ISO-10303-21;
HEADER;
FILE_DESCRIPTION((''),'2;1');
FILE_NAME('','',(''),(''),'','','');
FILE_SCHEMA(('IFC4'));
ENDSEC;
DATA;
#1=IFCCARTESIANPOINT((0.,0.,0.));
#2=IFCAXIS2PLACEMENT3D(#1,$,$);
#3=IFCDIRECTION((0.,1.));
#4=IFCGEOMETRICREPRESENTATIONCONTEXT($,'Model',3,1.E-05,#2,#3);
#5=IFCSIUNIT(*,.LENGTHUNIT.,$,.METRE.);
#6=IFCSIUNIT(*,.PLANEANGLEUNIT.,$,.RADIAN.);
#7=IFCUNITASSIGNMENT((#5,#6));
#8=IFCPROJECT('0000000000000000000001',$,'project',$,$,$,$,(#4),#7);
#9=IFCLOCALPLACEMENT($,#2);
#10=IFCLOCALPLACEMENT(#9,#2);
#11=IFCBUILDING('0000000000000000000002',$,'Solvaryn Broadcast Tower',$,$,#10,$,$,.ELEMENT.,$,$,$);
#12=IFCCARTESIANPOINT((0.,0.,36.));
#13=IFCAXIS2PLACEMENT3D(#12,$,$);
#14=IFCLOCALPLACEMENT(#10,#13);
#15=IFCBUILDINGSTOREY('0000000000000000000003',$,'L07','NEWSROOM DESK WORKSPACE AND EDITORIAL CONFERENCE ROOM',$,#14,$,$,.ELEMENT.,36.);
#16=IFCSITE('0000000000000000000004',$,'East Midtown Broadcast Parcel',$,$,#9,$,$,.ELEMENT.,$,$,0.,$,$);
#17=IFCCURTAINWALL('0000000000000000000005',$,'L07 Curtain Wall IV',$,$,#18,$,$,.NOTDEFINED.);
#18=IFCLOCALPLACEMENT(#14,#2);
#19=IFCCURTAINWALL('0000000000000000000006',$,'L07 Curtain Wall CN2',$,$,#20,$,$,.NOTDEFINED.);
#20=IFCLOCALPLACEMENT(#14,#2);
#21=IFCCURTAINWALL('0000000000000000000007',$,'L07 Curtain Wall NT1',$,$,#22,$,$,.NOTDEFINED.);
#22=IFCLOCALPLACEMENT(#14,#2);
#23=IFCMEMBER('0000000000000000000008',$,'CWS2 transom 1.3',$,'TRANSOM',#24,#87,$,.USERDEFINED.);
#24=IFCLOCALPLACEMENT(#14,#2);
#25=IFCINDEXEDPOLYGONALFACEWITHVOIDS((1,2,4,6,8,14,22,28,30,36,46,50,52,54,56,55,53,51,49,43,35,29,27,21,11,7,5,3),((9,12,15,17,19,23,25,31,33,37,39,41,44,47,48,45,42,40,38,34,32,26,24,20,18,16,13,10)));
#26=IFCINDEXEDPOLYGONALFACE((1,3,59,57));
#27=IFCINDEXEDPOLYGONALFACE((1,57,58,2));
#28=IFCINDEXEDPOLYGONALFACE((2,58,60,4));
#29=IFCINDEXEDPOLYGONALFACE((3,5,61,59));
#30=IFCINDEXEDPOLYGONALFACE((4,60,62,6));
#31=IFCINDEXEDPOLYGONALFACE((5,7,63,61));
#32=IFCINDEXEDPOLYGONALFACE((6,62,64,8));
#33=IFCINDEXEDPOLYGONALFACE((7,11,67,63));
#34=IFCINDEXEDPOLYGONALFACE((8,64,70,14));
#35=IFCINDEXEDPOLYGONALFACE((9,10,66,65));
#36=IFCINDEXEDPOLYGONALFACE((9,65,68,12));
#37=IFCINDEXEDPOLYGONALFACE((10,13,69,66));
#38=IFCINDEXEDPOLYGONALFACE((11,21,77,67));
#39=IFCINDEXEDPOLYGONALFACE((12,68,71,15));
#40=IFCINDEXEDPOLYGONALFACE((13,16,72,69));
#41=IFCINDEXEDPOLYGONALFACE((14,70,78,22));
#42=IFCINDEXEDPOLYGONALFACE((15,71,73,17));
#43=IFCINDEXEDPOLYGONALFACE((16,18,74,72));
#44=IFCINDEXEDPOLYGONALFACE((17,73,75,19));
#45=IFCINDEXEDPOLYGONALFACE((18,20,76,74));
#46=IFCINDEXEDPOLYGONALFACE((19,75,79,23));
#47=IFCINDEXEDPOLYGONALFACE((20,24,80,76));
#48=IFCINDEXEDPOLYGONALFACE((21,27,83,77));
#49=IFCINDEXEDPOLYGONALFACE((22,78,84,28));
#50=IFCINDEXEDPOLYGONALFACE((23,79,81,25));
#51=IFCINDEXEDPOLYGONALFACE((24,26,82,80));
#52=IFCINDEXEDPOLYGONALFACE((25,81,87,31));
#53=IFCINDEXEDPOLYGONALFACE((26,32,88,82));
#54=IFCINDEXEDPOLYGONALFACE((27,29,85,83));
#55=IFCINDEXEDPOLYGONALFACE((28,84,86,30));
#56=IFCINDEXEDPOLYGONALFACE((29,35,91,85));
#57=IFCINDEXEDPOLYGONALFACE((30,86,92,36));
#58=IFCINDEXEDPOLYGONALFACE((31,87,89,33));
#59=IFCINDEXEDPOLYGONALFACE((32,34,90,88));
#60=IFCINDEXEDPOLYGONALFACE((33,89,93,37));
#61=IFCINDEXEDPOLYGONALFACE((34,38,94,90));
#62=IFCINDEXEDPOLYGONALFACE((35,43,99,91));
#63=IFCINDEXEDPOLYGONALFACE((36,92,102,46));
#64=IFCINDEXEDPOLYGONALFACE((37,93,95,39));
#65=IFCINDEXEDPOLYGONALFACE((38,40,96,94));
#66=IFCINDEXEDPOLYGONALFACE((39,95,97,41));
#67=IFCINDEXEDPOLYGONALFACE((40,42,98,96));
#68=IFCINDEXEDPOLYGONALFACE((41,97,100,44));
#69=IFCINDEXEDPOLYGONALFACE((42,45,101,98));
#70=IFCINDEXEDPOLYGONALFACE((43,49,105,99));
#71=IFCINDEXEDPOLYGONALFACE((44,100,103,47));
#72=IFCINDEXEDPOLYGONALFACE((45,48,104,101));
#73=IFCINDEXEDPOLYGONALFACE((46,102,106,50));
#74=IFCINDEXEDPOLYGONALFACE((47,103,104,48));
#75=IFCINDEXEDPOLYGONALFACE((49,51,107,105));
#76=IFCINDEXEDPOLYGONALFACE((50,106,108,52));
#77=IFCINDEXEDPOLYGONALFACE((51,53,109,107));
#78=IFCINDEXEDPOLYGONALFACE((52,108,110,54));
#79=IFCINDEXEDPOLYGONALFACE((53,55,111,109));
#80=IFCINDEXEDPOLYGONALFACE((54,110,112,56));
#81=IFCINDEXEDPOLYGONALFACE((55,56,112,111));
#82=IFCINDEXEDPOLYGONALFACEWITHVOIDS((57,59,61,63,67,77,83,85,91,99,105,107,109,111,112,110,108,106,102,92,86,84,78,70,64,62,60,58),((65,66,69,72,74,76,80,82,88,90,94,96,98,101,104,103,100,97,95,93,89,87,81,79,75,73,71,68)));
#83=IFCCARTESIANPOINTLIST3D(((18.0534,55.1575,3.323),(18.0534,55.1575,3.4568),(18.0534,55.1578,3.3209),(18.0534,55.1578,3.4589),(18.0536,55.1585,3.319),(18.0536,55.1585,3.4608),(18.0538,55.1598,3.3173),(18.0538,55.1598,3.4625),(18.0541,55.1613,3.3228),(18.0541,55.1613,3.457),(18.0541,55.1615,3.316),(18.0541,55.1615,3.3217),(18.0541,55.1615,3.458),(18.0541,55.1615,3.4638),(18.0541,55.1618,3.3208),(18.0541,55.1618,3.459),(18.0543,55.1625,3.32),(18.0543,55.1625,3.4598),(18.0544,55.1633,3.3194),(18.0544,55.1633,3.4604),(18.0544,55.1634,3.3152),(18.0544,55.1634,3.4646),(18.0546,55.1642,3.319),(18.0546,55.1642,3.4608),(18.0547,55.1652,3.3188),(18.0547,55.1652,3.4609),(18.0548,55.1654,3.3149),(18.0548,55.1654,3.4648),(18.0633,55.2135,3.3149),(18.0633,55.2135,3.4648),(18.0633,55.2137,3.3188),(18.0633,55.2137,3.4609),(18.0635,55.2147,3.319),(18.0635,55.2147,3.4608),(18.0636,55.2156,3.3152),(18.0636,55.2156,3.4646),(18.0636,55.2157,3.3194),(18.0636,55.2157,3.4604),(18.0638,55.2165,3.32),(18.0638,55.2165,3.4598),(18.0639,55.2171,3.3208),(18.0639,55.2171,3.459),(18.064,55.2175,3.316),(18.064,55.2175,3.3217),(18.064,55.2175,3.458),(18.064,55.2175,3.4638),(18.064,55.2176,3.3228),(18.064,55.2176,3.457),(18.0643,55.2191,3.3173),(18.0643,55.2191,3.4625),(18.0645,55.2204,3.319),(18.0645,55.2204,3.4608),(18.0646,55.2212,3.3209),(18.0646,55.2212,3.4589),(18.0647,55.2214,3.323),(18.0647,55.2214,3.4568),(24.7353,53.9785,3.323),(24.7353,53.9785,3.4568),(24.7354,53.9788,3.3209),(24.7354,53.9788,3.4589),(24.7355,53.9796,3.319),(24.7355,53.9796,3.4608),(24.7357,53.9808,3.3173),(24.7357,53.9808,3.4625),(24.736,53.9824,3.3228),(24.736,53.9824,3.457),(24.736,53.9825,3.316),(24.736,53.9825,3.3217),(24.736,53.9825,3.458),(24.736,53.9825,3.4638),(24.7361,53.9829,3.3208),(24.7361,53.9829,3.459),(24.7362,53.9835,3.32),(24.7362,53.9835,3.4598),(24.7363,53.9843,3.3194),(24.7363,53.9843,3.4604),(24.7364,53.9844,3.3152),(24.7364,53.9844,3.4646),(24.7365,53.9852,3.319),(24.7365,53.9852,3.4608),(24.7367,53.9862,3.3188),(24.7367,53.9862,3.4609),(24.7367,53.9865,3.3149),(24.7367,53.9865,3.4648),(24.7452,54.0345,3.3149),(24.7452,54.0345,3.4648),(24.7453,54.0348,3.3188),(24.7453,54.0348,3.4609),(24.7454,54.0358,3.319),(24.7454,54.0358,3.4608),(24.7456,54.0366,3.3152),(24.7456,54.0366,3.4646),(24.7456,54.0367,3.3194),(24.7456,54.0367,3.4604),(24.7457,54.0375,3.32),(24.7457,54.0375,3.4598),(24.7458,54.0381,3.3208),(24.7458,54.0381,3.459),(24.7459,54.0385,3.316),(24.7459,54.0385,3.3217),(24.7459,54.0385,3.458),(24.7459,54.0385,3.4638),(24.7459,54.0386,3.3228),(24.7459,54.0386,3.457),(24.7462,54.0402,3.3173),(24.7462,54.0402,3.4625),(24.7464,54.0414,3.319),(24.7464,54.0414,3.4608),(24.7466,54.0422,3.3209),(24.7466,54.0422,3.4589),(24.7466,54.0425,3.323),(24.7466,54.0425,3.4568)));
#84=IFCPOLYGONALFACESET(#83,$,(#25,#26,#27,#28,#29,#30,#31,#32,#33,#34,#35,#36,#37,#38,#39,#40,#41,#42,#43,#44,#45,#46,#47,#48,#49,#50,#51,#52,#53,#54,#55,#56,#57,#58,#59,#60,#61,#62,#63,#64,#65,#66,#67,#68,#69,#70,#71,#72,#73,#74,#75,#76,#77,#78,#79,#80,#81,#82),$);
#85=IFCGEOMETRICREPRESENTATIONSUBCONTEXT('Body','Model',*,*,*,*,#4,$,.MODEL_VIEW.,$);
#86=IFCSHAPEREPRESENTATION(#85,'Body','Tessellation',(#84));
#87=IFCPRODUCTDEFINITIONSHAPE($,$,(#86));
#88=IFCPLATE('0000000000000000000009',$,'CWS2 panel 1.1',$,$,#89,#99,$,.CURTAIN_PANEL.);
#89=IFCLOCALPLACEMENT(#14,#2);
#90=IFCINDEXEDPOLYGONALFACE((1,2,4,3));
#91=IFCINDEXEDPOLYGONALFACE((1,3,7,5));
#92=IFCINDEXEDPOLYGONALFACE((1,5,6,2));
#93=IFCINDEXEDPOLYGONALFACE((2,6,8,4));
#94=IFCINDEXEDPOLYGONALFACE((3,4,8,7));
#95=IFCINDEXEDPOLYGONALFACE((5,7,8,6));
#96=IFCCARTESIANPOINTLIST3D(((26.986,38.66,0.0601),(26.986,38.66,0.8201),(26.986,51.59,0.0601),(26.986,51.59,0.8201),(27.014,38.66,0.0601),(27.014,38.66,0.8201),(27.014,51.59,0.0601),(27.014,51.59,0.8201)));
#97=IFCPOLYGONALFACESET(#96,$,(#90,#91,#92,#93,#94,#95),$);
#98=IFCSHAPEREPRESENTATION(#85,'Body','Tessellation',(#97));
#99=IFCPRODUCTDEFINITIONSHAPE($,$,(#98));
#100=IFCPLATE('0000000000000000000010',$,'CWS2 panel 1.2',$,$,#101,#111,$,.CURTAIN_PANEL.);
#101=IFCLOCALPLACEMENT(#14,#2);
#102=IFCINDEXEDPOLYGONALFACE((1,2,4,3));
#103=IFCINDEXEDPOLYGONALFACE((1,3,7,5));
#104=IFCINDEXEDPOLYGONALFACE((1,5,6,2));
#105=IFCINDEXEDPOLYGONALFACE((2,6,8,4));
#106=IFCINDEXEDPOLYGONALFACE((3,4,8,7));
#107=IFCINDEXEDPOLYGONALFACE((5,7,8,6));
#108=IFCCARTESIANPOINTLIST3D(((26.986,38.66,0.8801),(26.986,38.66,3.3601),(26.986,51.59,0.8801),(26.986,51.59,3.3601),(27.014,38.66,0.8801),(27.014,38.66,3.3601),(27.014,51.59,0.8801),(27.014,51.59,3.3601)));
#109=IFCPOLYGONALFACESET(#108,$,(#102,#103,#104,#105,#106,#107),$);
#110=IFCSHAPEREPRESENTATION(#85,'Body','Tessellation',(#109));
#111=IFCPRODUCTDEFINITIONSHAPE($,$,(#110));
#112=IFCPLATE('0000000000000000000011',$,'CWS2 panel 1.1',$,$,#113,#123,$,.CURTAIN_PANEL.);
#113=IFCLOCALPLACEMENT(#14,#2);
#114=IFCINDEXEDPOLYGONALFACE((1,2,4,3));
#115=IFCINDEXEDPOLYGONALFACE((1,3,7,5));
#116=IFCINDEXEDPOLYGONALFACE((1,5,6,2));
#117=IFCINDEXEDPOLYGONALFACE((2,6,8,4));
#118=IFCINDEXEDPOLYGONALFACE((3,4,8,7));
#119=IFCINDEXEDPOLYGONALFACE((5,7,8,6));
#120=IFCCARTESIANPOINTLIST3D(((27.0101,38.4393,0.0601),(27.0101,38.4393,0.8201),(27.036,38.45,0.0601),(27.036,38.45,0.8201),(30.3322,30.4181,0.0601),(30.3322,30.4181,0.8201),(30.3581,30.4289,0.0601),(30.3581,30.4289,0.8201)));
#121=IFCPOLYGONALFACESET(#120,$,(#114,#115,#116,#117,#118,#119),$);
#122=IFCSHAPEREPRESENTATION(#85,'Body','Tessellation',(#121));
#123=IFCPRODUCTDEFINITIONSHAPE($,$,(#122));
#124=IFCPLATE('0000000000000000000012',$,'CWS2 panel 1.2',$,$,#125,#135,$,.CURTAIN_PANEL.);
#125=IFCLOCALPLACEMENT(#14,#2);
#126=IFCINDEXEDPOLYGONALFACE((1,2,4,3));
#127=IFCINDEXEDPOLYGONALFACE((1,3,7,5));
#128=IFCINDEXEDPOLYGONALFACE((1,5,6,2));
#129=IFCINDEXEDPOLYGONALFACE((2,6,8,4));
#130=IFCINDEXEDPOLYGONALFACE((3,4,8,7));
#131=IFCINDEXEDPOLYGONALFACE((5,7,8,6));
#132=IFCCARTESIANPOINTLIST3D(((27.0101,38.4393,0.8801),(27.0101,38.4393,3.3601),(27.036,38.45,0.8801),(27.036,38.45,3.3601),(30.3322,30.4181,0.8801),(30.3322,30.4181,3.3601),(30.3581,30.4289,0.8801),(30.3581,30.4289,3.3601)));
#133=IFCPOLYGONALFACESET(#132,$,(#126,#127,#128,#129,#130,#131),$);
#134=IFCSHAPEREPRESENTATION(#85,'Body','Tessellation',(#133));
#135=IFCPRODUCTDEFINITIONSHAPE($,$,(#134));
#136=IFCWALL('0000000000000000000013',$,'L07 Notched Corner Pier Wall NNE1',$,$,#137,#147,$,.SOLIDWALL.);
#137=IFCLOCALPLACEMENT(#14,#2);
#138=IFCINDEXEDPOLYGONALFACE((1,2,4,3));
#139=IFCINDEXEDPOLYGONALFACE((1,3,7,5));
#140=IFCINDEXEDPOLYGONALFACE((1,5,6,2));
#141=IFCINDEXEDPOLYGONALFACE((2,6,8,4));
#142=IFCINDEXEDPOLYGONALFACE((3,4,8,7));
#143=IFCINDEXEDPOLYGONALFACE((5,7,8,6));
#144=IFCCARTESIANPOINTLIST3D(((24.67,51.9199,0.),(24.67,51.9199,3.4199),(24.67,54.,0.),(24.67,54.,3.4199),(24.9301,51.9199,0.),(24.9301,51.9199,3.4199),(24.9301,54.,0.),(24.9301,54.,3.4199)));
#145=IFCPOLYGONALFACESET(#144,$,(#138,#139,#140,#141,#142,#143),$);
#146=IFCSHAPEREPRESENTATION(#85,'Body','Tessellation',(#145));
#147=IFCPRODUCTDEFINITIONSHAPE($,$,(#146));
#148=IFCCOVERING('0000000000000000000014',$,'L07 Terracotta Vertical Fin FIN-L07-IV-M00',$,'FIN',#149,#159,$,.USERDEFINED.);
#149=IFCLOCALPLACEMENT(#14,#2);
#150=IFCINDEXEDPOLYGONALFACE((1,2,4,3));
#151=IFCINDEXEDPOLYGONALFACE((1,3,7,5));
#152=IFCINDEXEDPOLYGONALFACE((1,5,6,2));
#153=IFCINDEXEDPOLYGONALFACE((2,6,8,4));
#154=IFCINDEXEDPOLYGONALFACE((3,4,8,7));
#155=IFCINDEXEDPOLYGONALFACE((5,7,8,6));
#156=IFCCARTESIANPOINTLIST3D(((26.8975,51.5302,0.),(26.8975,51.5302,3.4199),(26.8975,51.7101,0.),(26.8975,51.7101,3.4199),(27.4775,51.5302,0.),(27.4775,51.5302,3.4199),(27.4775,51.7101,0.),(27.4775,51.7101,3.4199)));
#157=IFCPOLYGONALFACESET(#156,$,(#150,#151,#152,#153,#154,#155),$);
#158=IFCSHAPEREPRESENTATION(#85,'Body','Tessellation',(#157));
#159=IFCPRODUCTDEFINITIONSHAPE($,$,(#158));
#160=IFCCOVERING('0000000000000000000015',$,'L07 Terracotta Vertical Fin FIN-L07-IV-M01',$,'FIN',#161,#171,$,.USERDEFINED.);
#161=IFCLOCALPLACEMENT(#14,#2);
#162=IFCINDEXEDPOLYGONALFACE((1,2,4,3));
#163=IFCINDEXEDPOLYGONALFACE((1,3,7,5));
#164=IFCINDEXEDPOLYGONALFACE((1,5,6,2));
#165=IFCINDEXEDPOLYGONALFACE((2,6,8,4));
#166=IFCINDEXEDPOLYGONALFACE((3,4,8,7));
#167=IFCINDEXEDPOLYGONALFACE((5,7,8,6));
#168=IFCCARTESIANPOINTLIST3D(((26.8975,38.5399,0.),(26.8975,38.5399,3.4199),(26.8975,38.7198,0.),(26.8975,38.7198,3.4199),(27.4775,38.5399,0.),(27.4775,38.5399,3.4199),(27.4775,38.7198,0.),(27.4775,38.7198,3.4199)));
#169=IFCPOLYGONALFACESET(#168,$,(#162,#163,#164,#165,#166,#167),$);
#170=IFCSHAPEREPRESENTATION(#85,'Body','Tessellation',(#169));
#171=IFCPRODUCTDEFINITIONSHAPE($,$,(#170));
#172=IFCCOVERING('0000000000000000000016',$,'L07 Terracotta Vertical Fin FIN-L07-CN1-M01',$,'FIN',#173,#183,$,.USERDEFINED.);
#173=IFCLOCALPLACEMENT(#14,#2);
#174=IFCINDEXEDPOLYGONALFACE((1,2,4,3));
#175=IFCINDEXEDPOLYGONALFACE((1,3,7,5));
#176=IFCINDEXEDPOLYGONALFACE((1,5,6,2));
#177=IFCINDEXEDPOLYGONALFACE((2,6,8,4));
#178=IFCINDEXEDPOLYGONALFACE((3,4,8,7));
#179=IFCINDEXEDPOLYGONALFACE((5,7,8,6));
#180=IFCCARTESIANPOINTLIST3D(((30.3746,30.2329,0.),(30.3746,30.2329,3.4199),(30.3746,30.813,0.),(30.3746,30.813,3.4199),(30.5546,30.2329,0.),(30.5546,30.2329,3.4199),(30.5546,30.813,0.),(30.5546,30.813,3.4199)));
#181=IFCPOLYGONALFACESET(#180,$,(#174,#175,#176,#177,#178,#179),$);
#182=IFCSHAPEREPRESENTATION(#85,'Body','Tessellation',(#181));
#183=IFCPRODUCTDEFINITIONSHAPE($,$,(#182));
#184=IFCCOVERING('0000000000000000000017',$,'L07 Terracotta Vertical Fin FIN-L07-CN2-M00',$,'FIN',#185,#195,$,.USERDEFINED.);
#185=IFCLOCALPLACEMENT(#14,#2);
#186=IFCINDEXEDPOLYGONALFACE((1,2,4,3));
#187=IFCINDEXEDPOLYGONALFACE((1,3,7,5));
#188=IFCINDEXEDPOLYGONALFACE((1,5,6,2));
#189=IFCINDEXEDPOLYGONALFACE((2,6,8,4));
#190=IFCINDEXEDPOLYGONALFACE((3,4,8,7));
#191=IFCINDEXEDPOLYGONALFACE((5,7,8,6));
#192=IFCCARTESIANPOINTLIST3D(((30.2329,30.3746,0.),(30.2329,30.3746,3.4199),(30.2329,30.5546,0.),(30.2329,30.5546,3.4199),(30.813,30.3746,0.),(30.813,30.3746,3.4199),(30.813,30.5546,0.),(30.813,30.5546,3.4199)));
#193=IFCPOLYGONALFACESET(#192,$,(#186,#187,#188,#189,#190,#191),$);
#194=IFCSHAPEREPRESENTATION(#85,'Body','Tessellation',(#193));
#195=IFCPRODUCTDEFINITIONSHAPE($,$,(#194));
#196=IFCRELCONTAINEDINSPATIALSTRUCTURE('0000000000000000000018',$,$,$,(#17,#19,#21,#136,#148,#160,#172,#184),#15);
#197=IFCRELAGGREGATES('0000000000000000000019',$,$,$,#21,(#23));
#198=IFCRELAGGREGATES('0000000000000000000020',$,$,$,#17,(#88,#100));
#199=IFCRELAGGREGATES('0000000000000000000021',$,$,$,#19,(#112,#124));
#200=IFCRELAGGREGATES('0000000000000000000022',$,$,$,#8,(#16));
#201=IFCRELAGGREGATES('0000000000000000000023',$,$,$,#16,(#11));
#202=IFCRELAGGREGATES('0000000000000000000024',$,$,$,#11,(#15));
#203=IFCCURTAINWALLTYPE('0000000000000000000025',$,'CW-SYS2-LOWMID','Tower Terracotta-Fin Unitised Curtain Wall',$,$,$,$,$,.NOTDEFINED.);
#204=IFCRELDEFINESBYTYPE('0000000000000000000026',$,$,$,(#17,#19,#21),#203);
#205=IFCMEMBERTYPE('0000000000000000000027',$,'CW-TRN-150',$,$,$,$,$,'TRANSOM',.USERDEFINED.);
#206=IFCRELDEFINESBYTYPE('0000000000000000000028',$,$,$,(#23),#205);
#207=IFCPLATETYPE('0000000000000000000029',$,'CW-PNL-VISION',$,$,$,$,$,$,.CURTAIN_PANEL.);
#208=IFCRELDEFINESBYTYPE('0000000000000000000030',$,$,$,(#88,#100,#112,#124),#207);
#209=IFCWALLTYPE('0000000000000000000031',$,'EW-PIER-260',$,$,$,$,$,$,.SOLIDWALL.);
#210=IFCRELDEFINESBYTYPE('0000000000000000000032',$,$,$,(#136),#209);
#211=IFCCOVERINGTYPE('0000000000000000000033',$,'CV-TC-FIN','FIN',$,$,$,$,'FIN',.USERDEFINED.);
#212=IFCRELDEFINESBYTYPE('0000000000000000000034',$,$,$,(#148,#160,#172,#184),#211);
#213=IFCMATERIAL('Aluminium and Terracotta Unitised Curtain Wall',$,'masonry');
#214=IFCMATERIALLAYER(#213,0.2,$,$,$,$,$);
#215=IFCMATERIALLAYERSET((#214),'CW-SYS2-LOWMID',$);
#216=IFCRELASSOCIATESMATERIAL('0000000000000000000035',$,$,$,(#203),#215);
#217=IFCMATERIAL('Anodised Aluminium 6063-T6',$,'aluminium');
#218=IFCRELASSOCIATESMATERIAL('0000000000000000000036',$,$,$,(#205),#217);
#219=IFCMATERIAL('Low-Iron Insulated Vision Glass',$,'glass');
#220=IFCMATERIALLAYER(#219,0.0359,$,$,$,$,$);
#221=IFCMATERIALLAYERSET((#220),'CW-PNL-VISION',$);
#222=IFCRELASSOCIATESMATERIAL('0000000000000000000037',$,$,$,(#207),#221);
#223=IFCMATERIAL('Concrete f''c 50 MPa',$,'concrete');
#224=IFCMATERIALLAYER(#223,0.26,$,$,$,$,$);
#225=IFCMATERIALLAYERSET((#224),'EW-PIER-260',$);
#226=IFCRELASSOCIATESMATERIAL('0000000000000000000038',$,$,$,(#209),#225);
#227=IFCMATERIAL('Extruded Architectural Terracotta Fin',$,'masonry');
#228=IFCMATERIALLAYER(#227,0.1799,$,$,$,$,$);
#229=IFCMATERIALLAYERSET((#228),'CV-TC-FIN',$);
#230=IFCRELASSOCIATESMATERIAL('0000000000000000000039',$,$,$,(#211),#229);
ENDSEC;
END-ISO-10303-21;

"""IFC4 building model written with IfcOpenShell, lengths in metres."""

from ifc_helpers import new_model, si_unit, direction, frame, frame_2d, origin, origin_2d, place, context, subcontext, project, spatial, rectangle, hollow_rectangle, extrude, material, layer, layer_set, material_profile, profile_set, type_object, element, aggregate, save


model = new_model("IFC4")

# Units and contexts
model_context = context("Model", 3, precision=1e-05, world=origin(), true_north=direction((0.0, 1.0)))
body_context = subcontext(model_context, "Body", "Model", "MODEL_VIEW")
ifc_project = project(units=[si_unit("LENGTHUNIT", "METRE"), si_unit("PLANEANGLEUNIT", "RADIAN")], contexts=[model_context])

# Site, building, storey
site_placement = place(None, origin())
site = spatial("IfcSite", under=ifc_project, at=site_placement, Name="East Midtown Broadcast Parcel", CompositionType="ELEMENT", RefElevation=0.0)
building_placement = place(site_placement, origin())
building = spatial("IfcBuilding", under=site, at=building_placement, Name="Solvaryn Broadcast Tower", CompositionType="ELEMENT")
storey_placement = place(building_placement, frame((0.0, 0.0, 36.0)))
storey = spatial("IfcBuildingStorey", under=building, at=storey_placement, Name="L07", Description="NEWSROOM DESK WORKSPACE AND EDITORIAL CONFERENCE ROOM", CompositionType="ELEMENT", Elevation=36.0)

# Curtain wall
ifc_material_1 = material(Name="Aluminium and Terracotta Unitised Curtain Wall", Category="masonry")
ifc_layer_1 = layer(ifc_material_1, 0.2)
ifc_layer_set_1 = layer_set([ifc_layer_1], Name="CW-SYS2-LOWMID")
curtain_wall_type = type_object("IfcCurtainWallType", Name="CW-SYS2-LOWMID", Description="Tower Terracotta-Fin Unitised Curtain Wall", PredefinedType="NOTDEFINED", material=ifc_layer_set_1)
curtain_wall_1_placement = place(storey_placement, origin())
curtain_wall_1 = element("IfcCurtainWall", 1, at=curtain_wall_1_placement, inside=storey, type_object=curtain_wall_type, Name="L07 Curtain Wall IV", PredefinedType="NOTDEFINED")

# Curtain walls
curtain_wall_2_placement = place(storey_placement, origin())
curtain_wall_2 = element("IfcCurtainWall", 2, at=curtain_wall_2_placement, inside=storey, type_object=curtain_wall_type, Name="L07 Curtain Wall CN2", PredefinedType="NOTDEFINED")
curtain_wall_3_placement = place(storey_placement, origin())
curtain_wall_3 = element("IfcCurtainWall", 3, at=curtain_wall_3_placement, inside=storey, type_object=curtain_wall_type, Name="L07 Curtain Wall NT1", PredefinedType="NOTDEFINED")

# Member
ifc_material_2 = material(Name="Anodised Aluminium 6063-T6", Category="aluminium")
ifc_material_profile_1 = material_profile(ifc_material_2, hollow_rectangle(XDim=0.0649, YDim=0.1499, WallThickness=0.0039, InnerFilletRadius=0.0039, OuterFilletRadius=0.0081, at=origin_2d()))
ifc_profile_set_1 = profile_set([ifc_material_profile_1], Name="Anodised Aluminium 6063-T6")
member_type_1 = type_object("IfcMemberType", Name="CW-TRN-150", ElementType="TRANSOM", PredefinedType="USERDEFINED", material=ifc_profile_set_1)
member_1_placement = place(storey_placement, frame((24.741, 54.0105, 3.3899), z_axis=(-0.984789, 0.173757, 0.0), x_axis=(-0.173757, -0.984789, 0.0)))
member_1 = element("IfcMember", 4, at=member_1_placement, type_object=member_type_1, Name="CWS2 transom 1.3", ObjectType="TRANSOM", PredefinedType="USERDEFINED", context=body_context, shape_type="SweptSolid", body=[
    extrude(hollow_rectangle(XDim=0.0649, YDim=0.1499, WallThickness=0.0039, InnerFilletRadius=0.0039, OuterFilletRadius=0.0081, at=origin_2d()), origin(), (0.0, 0.0, 1.0), 6.7852),
])
aggregate(curtain_wall_3, [member_1])

# Plates
ifc_material_3 = material(Name="Low-Iron Insulated Vision Glass", Category="glass")
ifc_layer_2 = layer(ifc_material_3, 0.0359)
ifc_layer_set_2 = layer_set([ifc_layer_2], Name="CW-PNL-VISION")
plate_type = type_object("IfcPlateType", Name="CW-PNL-VISION", PredefinedType="CURTAIN_PANEL", material=ifc_layer_set_2)
plate_1_placement = place(storey_placement, frame((27.0, 45.125, 0.0601), z_axis=(0.0, 0.0, 1.0), x_axis=(0.0, -1.0, 0.0)))
plate_1 = element("IfcPlate", 5, at=plate_1_placement, type_object=plate_type, Name="CWS2 panel 1.1", PredefinedType="CURTAIN_PANEL", context=body_context, shape_type="SweptSolid", body=[
    extrude(rectangle(XDim=12.9299, YDim=0.0281, at=origin_2d()), origin(), (0.0, 0.0, 1.0), 0.76),
])
plate_2_placement = place(storey_placement, frame((27.0, 45.125, 0.8801), z_axis=(0.0, 0.0, 1.0), x_axis=(0.0, -1.0, 0.0)))
plate_2 = element("IfcPlate", 6, at=plate_2_placement, type_object=plate_type, Name="CWS2 panel 1.2", PredefinedType="CURTAIN_PANEL", context=body_context, shape_type="SweptSolid", body=[
    extrude(rectangle(XDim=12.9299, YDim=0.0281, at=origin_2d()), origin(), (0.0, 0.0, 1.0), 2.48),
])
aggregate(curtain_wall_1, [plate_1, plate_2])
plate_3_placement = place(storey_placement, frame((28.6841, 34.4341, 0.0601), z_axis=(0.0, 0.0, 1.0), x_axis=(-0.382646, 0.923895, 0.0)))
plate_3 = element("IfcPlate", 7, at=plate_3_placement, type_object=plate_type, Name="CWS2 panel 1.1", PredefinedType="CURTAIN_PANEL", context=body_context, shape_type="SweptSolid", body=[
    extrude(rectangle(XDim=8.6819, YDim=0.0281, at=origin_2d()), origin(), (0.0, 0.0, 1.0), 0.76),
])
plate_4_placement = place(storey_placement, frame((28.6841, 34.4341, 0.8801), z_axis=(0.0, 0.0, 1.0), x_axis=(-0.382646, 0.923895, 0.0)))
plate_4 = element("IfcPlate", 8, at=plate_4_placement, type_object=plate_type, Name="CWS2 panel 1.2", PredefinedType="CURTAIN_PANEL", context=body_context, shape_type="SweptSolid", body=[
    extrude(rectangle(XDim=8.6819, YDim=0.0281, at=origin_2d()), origin(), (0.0, 0.0, 1.0), 2.48),
])
aggregate(curtain_wall_2, [plate_3, plate_4])

# Wall
ifc_material_4 = material(Name="Concrete f'c 50 MPa", Category="concrete")
ifc_layer_3 = layer(ifc_material_4, 0.26)
ifc_layer_set_3 = layer_set([ifc_layer_3], Name="EW-PIER-260")
wall_type_1 = type_object("IfcWallType", Name="EW-PIER-260", PredefinedType="SOLIDWALL", material=ifc_layer_set_3)
wall_1_placement = place(storey_placement, frame((24.8, 54.0, 0.0), z_axis=(0.0, 0.0, 1.0), x_axis=(0.0, -1.0, 0.0)))
element("IfcWall", 9, at=wall_1_placement, inside=storey, type_object=wall_type_1, Name="L07 Notched Corner Pier Wall NNE1", PredefinedType="SOLIDWALL", context=body_context, shape_type="SweptSolid", body=[
    extrude(rectangle(XDim=2.0801, YDim=0.26, at=frame_2d((1.04, 0.0))), origin(), (0.0, 0.0, 1.0), 3.4199),
])

# Coverings
ifc_material_5 = material(Name="Extruded Architectural Terracotta Fin", Category="masonry")
ifc_layer_4 = layer(ifc_material_5, 0.1799)
ifc_layer_set_4 = layer_set([ifc_layer_4], Name="CV-TC-FIN")
covering_type = type_object("IfcCoveringType", Name="CV-TC-FIN", Description="FIN", ElementType="FIN", PredefinedType="USERDEFINED", material=ifc_layer_set_4)
for number, where, z_axis, x_axis, name in (
    (10, (27.1875, 51.6201, 0.0), (0.0, 0.0, 1.0), (1.0, 0.0, 0.0), "L07 Terracotta Vertical Fin FIN-L07-IV-M00"),
    (11, (27.1875, 38.6299, 0.0), (0.0, 0.0, 1.0), (1.0, 0.0, 0.0), "L07 Terracotta Vertical Fin FIN-L07-IV-M01"),
):
    element("IfcCovering", number, at=place(storey_placement, frame(where, z_axis=z_axis, x_axis=x_axis)), inside=storey, type_object=covering_type, Name=name, ObjectType="FIN", PredefinedType="USERDEFINED", context=body_context, shape_type="SweptSolid", body=[
        extrude(rectangle(XDim=0.5801, YDim=0.1799, at=origin_2d()), origin(), (0.0, 0.0, 1.0), 3.4199),
    ])
covering_1_placement = place(storey_placement, frame((30.4646, 30.5229, 0.0), z_axis=(0.0, 0.0, 1.0), x_axis=(1.0, 0.0, 0.0)))
element("IfcCovering", 12, at=covering_1_placement, inside=storey, type_object=covering_type, Name="L07 Terracotta Vertical Fin FIN-L07-CN1-M01", ObjectType="FIN", PredefinedType="USERDEFINED", context=body_context, shape_type="SweptSolid", body=[
    extrude(rectangle(XDim=0.1799, YDim=0.5801, at=origin_2d()), origin(), (0.0, 0.0, 1.0), 3.4199),
])
for number, where, z_axis, x_axis, name in (
    (13, (30.5229, 30.4646, 0.0), (0.0, 0.0, 1.0), (1.0, 0.0, 0.0), "L07 Terracotta Vertical Fin FIN-L07-CN2-M00"),
):
    element("IfcCovering", number, at=place(storey_placement, frame(where, z_axis=z_axis, x_axis=x_axis)), inside=storey, type_object=covering_type, Name=name, ObjectType="FIN", PredefinedType="USERDEFINED", context=body_context, shape_type="SweptSolid", body=[
        extrude(rectangle(XDim=0.5801, YDim=0.1799, at=origin_2d()), origin(), (0.0, 0.0, 1.0), 3.4199),
    ])

save(model, "model.ifc")
